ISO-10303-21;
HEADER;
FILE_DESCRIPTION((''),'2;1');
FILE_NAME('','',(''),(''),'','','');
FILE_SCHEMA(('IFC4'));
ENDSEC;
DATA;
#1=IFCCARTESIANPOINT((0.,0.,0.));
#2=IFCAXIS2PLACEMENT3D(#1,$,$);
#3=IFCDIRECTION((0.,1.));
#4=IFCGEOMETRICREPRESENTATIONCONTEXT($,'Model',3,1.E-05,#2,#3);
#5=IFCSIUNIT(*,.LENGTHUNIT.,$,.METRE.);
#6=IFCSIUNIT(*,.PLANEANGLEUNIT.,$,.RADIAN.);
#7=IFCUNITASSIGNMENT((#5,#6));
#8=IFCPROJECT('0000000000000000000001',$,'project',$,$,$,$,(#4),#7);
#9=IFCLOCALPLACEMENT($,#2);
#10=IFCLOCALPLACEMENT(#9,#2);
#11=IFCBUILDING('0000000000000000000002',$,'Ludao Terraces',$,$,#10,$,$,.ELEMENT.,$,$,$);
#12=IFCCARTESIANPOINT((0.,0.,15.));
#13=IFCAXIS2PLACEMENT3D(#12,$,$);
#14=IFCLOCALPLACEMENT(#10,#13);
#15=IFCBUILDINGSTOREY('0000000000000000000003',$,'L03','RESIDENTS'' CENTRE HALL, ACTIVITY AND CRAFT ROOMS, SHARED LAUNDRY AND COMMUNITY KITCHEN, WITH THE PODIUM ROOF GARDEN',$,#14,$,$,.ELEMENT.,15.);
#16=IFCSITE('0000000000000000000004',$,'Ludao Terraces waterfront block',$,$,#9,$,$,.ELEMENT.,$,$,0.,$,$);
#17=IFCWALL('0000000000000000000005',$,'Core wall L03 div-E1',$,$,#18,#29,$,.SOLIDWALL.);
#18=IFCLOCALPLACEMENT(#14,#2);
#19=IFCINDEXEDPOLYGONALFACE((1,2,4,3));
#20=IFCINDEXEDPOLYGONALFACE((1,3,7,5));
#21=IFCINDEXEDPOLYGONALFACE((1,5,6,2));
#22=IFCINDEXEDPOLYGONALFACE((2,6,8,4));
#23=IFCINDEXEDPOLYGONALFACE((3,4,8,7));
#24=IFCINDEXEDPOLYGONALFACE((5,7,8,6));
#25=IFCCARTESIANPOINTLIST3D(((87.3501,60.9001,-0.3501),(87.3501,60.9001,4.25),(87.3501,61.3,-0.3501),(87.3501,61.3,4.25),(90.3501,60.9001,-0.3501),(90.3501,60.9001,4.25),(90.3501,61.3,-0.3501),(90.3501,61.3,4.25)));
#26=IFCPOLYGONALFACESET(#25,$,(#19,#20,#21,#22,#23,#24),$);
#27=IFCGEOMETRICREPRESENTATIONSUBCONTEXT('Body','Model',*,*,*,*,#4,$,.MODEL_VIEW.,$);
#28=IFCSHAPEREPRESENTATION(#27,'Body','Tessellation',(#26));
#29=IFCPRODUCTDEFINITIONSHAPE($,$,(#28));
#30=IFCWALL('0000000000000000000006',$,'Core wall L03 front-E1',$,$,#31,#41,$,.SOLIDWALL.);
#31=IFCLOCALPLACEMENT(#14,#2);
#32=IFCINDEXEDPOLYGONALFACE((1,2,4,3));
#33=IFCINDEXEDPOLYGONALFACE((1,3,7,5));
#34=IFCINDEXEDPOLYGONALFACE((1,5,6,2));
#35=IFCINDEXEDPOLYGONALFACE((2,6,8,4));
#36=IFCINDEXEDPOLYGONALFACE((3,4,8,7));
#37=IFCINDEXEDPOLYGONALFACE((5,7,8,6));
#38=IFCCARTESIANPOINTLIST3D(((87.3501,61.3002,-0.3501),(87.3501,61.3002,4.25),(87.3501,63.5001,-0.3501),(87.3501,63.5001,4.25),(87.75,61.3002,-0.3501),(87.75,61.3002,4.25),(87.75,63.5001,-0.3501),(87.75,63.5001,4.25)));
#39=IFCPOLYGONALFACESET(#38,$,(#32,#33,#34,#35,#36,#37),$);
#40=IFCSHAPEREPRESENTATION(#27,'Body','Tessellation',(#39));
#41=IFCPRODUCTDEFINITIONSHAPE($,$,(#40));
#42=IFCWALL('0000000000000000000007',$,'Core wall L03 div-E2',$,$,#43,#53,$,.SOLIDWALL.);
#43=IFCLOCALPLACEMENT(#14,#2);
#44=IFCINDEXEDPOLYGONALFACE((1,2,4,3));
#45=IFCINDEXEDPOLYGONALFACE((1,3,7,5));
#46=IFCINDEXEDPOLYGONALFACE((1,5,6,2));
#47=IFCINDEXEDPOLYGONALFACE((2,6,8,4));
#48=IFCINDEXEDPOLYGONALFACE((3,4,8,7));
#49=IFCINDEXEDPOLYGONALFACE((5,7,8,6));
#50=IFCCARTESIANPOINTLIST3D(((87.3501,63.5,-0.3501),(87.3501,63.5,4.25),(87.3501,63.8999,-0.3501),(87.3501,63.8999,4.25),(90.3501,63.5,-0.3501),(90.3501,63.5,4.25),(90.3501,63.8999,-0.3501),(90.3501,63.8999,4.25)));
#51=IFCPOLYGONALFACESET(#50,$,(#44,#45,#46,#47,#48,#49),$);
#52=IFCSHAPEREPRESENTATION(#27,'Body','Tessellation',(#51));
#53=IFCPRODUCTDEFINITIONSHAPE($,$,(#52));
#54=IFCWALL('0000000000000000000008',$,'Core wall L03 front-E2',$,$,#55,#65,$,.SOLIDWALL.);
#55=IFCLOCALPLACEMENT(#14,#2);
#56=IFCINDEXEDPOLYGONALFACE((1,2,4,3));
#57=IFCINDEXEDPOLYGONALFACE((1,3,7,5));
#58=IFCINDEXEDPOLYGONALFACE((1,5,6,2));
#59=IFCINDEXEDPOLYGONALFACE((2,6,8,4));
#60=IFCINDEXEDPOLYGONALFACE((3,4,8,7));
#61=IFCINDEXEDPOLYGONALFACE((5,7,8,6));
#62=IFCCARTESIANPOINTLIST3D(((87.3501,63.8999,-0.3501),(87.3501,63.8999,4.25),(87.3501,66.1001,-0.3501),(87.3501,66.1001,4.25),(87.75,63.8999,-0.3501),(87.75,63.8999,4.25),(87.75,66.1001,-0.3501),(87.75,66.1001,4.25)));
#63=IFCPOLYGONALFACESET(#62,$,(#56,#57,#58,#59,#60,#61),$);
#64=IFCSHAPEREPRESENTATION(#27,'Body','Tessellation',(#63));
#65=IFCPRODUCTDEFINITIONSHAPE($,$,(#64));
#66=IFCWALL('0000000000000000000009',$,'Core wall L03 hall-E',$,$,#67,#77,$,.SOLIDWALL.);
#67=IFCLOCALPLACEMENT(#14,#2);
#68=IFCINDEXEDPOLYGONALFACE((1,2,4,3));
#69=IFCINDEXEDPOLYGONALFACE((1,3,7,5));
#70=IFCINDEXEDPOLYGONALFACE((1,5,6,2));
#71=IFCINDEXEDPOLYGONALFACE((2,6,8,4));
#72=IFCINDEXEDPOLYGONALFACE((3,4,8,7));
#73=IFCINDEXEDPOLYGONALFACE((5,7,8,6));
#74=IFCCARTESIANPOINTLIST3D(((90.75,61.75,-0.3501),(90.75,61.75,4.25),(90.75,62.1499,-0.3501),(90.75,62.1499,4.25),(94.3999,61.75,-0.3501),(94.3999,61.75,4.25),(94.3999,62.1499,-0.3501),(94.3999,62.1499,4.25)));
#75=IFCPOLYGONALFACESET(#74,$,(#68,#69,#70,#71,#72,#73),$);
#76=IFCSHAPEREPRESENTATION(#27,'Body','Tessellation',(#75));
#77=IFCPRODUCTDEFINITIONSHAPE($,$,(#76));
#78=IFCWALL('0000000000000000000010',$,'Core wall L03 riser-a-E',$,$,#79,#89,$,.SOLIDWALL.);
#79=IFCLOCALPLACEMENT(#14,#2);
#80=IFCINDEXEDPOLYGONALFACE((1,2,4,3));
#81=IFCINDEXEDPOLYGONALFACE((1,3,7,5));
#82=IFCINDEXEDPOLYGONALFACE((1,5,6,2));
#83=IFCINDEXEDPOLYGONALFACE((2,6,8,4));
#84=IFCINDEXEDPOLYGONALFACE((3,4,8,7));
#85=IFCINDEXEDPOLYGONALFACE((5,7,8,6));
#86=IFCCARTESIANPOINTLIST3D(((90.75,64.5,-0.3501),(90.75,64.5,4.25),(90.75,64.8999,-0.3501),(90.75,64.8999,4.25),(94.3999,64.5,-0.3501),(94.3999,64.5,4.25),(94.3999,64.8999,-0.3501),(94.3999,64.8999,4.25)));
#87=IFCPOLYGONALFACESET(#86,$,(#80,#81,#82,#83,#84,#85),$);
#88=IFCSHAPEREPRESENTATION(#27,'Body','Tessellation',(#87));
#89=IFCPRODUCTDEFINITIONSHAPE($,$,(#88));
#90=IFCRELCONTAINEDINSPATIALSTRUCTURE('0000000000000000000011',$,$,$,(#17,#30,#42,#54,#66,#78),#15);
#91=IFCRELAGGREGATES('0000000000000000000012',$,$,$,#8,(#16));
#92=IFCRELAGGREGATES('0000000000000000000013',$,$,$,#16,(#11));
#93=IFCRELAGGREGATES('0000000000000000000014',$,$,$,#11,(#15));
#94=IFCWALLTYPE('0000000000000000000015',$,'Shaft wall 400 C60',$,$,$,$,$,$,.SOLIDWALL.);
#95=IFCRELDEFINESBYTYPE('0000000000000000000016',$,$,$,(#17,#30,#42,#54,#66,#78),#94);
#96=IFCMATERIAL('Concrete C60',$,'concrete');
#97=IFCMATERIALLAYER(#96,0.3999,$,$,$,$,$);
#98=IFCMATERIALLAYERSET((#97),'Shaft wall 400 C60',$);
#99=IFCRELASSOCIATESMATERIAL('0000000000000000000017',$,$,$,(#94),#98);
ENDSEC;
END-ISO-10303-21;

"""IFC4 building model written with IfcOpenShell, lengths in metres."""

from ifc_helpers import new_model, si_unit, direction, frame, frame_2d, origin, place, context, subcontext, project, spatial, rectangle, extrude, material, layer, layer_set, type_object, element, save


model = new_model("IFC4")

# Units and contexts
model_context = context("Model", 3, precision=1e-05, world=origin(), true_north=direction((0.0, 1.0)))
body_context = subcontext(model_context, "Body", "Model", "MODEL_VIEW")
ifc_project = project(units=[si_unit("LENGTHUNIT", "METRE"), si_unit("PLANEANGLEUNIT", "RADIAN")], contexts=[model_context])

# Site, building, storey
site_placement = place(None, origin())
site = spatial("IfcSite", under=ifc_project, at=site_placement, Name="Ludao Terraces waterfront block", CompositionType="ELEMENT", RefElevation=0.0)
building_placement = place(site_placement, origin())
building = spatial("IfcBuilding", under=site, at=building_placement, Name="Ludao Terraces", CompositionType="ELEMENT")
storey_placement = place(building_placement, frame((0.0, 0.0, 15.0)))
storey = spatial("IfcBuildingStorey", under=building, at=storey_placement, Name="L03", Description="RESIDENTS' CENTRE HALL, ACTIVITY AND CRAFT ROOMS, SHARED LAUNDRY AND COMMUNITY KITCHEN, WITH THE PODIUM ROOF GARDEN", CompositionType="ELEMENT", Elevation=15.0)

# Shared definitions
ifc_material_1 = material(Name="Concrete C60", Category="concrete")
ifc_layer_1 = layer(ifc_material_1, 0.3999)
ifc_layer_set_1 = layer_set([ifc_layer_1], Name="Shaft wall 400 C60")
wall_type_1 = type_object("IfcWallType", Name="Shaft wall 400 C60", PredefinedType="SOLIDWALL", material=ifc_layer_set_1)

# Walls
wall_1_placement = place(storey_placement, frame((87.3501, 61.1001, -0.3501), z_axis=(0.0, 0.0, 1.0), x_axis=(1.0, 0.0, 0.0)))
element("IfcWall", 1, at=wall_1_placement, inside=storey, type_object=wall_type_1, Name="Core wall L03 div-E1", PredefinedType="SOLIDWALL", context=body_context, shape_type="SweptSolid", body=[
    extrude(rectangle(XDim=3.0, YDim=0.3999, at=frame_2d((1.5, 0.0))), origin(), (0.0, 0.0, 1.0), 4.6001),
])
wall_2_placement = place(storey_placement, frame((87.55, 61.3, -0.3501), z_axis=(0.0, 0.0, 1.0), x_axis=(0.0, 1.0, 0.0)))
element("IfcWall", 2, at=wall_2_placement, inside=storey, type_object=wall_type_1, Name="Core wall L03 front-E1", PredefinedType="SOLIDWALL", context=body_context, shape_type="SweptSolid", body=[
    extrude(rectangle(XDim=2.2, YDim=0.3999, at=frame_2d((1.1001, 0.0))), origin(), (0.0, 0.0, 1.0), 4.6001),
])
wall_3_placement = place(storey_placement, frame((87.3501, 63.7, -0.3501), z_axis=(0.0, 0.0, 1.0), x_axis=(1.0, 0.0, 0.0)))
element("IfcWall", 3, at=wall_3_placement, inside=storey, type_object=wall_type_1, Name="Core wall L03 div-E2", PredefinedType="SOLIDWALL", context=body_context, shape_type="SweptSolid", body=[
    extrude(rectangle(XDim=3.0, YDim=0.3999, at=frame_2d((1.5, 0.0))), origin(), (0.0, 0.0, 1.0), 4.6001),
])
wall_4_placement = place(storey_placement, frame((87.55, 63.8999, -0.3501), z_axis=(0.0, 0.0, 1.0), x_axis=(0.0, 1.0, 0.0)))
element("IfcWall", 4, at=wall_4_placement, inside=storey, type_object=wall_type_1, Name="Core wall L03 front-E2", PredefinedType="SOLIDWALL", context=body_context, shape_type="SweptSolid", body=[
    extrude(rectangle(XDim=2.2002, YDim=0.3999, at=frame_2d((1.1001, 0.0))), origin(), (0.0, 0.0, 1.0), 4.6001),
])
for number, where, z_axis, x_axis, name in (
    (5, (90.75, 61.95, -0.3501), (0.0, 0.0, 1.0), (1.0, 0.0, 0.0), "Core wall L03 hall-E"),
    (6, (90.75, 64.7, -0.3501), (0.0, 0.0, 1.0), (1.0, 0.0, 0.0), "Core wall L03 riser-a-E"),
):
    element("IfcWall", number, at=place(storey_placement, frame(where, z_axis=z_axis, x_axis=x_axis)), inside=storey, type_object=wall_type_1, Name=name, PredefinedType="SOLIDWALL", context=body_context, shape_type="SweptSolid", body=[
        extrude(rectangle(XDim=3.6499, YDim=0.3999, at=frame_2d((1.825, 0.0))), origin(), (0.0, 0.0, 1.0), 4.6001),
    ])

save(model, "model.ifc")
